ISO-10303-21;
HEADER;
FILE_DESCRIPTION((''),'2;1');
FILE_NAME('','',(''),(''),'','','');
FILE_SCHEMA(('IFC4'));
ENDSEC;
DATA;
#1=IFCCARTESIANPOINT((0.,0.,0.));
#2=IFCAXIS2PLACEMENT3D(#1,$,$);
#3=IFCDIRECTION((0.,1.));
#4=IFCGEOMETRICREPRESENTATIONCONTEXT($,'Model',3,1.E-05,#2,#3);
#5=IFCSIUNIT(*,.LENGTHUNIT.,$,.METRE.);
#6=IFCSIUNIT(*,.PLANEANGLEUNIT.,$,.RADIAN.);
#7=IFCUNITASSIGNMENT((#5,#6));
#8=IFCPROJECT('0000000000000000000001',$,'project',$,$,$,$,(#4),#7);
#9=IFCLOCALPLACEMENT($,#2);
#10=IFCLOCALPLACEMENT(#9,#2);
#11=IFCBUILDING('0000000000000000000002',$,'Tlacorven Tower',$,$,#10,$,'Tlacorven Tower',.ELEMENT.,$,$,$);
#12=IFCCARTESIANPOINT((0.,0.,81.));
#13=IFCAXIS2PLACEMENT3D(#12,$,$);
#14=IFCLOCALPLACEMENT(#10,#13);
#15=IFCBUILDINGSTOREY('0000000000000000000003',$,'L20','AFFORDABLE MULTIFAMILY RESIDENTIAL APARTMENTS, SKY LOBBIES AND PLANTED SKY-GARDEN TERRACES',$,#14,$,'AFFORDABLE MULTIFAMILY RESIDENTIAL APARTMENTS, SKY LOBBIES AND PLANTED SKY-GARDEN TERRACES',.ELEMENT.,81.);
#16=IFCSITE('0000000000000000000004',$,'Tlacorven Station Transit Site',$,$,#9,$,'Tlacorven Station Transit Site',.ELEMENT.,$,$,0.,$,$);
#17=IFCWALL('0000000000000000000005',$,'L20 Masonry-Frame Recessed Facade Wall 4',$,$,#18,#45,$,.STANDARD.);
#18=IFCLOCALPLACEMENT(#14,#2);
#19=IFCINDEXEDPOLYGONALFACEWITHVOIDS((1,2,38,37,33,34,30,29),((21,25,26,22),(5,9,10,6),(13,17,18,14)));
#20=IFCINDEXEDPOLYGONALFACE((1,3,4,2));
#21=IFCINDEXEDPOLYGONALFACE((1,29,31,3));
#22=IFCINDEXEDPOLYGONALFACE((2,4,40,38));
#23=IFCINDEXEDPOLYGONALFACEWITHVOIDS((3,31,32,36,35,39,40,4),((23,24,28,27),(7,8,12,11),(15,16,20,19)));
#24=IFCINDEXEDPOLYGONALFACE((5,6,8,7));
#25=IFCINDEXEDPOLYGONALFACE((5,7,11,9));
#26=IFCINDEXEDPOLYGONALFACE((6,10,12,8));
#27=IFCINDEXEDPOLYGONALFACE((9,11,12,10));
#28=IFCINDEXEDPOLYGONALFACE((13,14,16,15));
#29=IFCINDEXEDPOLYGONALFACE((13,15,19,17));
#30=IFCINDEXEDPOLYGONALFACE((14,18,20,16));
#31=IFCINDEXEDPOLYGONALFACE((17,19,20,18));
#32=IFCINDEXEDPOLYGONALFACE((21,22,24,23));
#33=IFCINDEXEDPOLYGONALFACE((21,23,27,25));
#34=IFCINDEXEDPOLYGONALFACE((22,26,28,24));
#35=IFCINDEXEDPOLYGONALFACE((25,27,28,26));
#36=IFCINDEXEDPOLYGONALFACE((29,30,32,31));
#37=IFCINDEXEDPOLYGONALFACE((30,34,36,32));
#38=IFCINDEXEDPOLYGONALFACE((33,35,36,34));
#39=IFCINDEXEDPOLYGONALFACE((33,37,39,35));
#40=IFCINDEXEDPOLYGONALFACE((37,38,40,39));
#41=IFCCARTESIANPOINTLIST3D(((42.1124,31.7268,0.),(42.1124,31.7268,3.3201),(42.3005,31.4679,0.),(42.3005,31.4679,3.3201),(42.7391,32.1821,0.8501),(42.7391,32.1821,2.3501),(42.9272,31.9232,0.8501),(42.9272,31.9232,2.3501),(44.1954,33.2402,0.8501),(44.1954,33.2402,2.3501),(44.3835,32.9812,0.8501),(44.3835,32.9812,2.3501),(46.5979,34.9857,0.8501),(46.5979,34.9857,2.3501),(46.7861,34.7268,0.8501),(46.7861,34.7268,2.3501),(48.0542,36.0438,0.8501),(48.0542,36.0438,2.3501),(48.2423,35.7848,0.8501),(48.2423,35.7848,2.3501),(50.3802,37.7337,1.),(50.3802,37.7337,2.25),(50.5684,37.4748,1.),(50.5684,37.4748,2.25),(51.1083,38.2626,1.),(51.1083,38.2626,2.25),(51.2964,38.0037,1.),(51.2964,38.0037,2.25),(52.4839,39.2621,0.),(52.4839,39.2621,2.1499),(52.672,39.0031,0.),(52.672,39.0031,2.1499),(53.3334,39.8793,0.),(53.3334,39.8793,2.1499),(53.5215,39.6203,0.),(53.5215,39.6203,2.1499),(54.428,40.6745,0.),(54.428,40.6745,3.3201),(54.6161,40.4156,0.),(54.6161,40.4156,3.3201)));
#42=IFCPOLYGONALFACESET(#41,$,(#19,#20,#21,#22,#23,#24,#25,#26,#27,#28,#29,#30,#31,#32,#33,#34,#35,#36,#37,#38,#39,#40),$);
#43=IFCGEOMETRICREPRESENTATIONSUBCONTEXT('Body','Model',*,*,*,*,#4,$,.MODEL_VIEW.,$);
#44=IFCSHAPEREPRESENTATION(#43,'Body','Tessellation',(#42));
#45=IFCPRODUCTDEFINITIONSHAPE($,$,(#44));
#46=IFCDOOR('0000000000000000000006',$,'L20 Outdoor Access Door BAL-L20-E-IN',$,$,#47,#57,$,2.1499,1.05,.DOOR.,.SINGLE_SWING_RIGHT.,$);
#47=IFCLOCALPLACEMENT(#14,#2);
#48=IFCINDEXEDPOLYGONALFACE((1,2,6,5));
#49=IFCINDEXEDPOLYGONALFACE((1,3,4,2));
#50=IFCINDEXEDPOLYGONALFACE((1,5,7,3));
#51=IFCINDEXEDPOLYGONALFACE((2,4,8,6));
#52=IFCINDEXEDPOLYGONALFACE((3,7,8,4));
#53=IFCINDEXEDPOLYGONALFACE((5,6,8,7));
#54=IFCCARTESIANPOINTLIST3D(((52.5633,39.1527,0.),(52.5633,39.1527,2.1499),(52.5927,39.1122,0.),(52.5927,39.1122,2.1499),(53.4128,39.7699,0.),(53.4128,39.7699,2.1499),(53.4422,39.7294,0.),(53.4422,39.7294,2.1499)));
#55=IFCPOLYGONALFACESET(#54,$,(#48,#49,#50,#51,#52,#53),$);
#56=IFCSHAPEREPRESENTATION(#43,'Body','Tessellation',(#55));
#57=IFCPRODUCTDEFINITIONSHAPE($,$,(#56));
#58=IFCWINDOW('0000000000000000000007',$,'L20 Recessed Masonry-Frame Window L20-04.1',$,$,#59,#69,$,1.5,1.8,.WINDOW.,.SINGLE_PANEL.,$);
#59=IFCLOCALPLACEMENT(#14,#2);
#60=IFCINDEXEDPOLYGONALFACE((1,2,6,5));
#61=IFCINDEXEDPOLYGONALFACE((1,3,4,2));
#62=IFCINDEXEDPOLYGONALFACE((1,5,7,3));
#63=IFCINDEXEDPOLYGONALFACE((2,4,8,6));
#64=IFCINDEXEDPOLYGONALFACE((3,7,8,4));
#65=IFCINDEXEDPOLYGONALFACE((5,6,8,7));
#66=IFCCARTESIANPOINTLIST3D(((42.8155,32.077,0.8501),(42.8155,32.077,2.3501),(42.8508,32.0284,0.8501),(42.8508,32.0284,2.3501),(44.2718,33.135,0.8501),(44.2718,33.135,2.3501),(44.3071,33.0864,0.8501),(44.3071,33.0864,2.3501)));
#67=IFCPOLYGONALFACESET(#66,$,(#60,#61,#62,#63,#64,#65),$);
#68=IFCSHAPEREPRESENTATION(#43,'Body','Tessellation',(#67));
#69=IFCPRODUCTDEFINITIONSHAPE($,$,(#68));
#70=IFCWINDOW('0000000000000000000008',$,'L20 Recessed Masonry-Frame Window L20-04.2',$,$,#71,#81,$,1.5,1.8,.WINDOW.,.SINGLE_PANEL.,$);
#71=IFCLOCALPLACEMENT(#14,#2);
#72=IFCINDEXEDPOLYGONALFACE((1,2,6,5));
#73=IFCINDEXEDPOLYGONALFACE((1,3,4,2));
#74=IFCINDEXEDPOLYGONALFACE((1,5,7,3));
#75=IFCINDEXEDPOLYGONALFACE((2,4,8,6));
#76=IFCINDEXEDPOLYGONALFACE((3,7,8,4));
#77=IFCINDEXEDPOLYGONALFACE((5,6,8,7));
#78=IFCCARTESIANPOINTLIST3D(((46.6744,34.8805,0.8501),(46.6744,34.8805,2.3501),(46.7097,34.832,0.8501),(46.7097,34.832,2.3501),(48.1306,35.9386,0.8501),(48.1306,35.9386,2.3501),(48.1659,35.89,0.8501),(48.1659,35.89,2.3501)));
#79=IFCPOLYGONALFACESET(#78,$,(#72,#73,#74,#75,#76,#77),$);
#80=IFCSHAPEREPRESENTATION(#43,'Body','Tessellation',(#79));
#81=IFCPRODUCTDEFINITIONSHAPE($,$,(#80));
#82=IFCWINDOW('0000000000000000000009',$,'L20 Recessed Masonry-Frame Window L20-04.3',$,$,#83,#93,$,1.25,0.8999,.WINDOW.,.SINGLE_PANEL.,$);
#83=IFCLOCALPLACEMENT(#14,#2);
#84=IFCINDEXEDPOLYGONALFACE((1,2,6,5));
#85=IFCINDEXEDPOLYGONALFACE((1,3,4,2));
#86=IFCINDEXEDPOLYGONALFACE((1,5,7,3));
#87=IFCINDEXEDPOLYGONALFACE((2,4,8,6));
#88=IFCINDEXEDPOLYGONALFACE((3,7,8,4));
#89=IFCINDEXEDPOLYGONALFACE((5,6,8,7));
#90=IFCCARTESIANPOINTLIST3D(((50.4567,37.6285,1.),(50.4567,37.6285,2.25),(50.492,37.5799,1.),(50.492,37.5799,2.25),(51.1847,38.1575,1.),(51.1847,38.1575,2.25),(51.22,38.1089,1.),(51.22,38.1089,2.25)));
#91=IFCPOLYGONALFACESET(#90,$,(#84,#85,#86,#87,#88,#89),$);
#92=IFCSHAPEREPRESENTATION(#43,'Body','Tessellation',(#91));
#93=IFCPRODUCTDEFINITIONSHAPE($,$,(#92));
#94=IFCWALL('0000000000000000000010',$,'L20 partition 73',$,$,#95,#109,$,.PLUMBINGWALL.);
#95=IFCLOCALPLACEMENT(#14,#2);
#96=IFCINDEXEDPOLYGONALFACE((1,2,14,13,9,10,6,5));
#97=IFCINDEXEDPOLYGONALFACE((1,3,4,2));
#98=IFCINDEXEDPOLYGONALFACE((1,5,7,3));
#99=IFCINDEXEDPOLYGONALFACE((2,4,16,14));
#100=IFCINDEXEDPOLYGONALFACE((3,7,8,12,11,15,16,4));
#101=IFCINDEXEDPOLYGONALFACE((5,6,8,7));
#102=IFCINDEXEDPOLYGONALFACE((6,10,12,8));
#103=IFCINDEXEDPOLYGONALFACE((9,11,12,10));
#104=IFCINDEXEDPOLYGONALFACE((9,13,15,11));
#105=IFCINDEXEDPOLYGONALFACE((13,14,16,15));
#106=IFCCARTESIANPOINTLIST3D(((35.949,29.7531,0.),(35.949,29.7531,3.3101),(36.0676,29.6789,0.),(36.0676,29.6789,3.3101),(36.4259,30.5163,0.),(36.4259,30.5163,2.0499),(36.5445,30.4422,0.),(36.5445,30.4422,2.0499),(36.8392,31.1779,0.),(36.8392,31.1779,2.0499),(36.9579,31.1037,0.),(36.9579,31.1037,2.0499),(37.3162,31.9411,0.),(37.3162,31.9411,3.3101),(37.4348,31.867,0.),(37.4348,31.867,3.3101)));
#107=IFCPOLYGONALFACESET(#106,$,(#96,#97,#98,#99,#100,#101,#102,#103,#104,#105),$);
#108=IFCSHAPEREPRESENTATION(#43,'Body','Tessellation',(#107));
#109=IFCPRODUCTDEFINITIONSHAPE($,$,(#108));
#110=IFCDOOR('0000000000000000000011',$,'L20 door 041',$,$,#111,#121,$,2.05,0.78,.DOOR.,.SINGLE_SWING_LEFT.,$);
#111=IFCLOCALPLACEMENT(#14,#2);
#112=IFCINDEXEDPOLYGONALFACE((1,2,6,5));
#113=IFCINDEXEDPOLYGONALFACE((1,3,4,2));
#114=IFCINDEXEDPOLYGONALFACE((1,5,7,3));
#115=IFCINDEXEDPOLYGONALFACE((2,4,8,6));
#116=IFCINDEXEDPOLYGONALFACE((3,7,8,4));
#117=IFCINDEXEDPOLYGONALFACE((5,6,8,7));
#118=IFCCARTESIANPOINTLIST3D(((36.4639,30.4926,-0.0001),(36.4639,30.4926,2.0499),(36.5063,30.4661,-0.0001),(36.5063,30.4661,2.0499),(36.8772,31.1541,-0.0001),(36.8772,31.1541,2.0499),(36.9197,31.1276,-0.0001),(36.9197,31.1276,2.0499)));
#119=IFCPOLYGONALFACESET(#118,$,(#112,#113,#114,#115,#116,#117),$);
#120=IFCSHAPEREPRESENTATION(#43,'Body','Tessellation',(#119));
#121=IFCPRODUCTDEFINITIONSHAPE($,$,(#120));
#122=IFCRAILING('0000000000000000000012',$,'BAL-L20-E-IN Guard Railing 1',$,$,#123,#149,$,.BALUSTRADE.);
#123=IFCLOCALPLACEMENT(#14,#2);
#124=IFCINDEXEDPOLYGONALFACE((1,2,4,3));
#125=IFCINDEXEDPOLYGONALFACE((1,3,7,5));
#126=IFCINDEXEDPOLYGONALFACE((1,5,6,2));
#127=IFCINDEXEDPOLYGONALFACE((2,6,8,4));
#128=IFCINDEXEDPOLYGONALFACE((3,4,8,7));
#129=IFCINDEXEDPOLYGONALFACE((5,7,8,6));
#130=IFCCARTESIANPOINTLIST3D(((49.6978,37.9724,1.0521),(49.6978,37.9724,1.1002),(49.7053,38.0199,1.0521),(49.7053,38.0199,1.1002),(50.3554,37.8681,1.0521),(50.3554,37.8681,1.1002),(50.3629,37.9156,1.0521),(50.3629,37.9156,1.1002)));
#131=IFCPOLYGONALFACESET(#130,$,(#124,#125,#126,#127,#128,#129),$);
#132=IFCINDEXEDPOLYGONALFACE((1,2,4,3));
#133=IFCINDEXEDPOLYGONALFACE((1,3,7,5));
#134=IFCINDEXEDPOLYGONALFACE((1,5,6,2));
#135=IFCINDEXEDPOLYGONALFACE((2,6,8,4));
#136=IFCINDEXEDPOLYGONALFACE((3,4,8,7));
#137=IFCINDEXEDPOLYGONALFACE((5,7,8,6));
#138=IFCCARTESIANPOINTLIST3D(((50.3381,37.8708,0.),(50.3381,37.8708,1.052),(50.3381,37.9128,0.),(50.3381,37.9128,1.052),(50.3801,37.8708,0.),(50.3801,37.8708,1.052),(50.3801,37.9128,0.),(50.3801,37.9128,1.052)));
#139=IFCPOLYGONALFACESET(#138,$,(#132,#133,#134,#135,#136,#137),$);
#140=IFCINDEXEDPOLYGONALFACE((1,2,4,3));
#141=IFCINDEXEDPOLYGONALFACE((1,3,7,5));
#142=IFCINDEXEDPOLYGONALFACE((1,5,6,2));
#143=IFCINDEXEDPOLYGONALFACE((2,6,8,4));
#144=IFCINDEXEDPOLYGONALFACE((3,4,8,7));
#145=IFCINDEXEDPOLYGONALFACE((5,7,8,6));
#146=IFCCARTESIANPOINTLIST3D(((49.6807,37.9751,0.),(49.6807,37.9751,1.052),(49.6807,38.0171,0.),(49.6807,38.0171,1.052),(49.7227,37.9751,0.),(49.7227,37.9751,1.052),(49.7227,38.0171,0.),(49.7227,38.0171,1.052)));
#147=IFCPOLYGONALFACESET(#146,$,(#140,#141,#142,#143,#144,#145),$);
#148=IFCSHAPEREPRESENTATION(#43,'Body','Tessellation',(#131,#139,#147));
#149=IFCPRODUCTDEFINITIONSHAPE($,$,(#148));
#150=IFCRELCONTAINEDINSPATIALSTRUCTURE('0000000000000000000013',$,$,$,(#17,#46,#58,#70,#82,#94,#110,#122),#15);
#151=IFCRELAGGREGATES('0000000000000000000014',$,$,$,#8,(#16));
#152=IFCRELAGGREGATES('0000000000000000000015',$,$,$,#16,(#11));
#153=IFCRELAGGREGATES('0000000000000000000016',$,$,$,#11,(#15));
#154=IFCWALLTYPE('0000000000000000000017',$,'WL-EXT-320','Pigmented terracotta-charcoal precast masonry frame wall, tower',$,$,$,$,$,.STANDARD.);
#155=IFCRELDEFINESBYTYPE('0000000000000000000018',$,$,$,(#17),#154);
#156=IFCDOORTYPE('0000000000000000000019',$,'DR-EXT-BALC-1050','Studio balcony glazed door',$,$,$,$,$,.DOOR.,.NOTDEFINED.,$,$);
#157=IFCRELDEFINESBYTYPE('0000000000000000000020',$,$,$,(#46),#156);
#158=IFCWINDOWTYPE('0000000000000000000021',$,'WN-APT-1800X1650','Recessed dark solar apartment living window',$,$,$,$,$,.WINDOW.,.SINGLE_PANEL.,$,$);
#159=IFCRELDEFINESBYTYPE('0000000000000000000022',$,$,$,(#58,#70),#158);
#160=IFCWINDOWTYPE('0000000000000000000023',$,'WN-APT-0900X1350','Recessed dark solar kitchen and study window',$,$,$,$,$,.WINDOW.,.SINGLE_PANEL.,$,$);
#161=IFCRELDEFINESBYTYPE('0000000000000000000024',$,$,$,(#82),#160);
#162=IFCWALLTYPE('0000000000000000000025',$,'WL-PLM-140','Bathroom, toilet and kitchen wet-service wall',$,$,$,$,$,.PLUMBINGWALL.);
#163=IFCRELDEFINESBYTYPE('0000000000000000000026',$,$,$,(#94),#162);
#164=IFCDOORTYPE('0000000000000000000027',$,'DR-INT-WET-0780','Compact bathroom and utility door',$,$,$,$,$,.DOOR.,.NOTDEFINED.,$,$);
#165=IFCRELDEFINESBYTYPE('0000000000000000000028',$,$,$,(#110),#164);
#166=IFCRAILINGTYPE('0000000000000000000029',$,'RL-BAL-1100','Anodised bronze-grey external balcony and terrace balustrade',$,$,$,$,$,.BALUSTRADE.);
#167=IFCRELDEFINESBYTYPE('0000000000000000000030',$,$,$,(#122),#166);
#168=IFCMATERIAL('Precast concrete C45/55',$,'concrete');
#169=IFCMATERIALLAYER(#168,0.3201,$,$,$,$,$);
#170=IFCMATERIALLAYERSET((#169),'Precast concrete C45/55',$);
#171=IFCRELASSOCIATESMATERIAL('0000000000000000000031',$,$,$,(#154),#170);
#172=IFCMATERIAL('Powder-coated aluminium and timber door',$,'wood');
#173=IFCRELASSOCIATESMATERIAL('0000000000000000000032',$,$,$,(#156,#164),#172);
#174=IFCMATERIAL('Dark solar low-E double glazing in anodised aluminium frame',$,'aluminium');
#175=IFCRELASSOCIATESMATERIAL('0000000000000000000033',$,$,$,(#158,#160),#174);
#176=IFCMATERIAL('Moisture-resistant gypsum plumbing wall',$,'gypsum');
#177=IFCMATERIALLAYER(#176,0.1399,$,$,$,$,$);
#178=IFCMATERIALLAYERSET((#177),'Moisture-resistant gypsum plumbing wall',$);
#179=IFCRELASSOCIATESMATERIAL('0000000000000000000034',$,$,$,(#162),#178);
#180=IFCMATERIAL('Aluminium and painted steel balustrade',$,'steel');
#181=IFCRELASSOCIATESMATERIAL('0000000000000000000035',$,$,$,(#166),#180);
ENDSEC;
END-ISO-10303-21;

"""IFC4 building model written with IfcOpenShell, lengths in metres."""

from ifc_helpers import new_model, si_unit, direction, frame, frame_2d, origin, origin_2d, place, context, subcontext, project, spatial, rectangle, extrude, source, transform, mapped, material, layer, layer_set, type_object, element, fill, save


model = new_model("IFC4")

# Units and contexts
model_context = context("Model", 3, precision=1e-05, world=origin(), true_north=direction((0.0, 1.0)))
body_context = subcontext(model_context, "Body", "Model", "MODEL_VIEW")
ifc_project = project(units=[si_unit("LENGTHUNIT", "METRE"), si_unit("PLANEANGLEUNIT", "RADIAN")], contexts=[model_context])

# Site, building, storey
site_placement = place(None, origin())
site = spatial("IfcSite", under=ifc_project, at=site_placement, Name="Tlacorven Station Transit Site", LongName="Tlacorven Station Transit Site", CompositionType="ELEMENT", RefElevation=0.0)
building_placement = place(site_placement, origin())
building = spatial("IfcBuilding", under=site, at=building_placement, Name="Tlacorven Tower", LongName="Tlacorven Tower", CompositionType="ELEMENT")
storey_placement = place(building_placement, frame((0.0, 0.0, 81.0)))
storey = spatial("IfcBuildingStorey", under=building, at=storey_placement, Name="L20", Description="AFFORDABLE MULTIFAMILY RESIDENTIAL APARTMENTS, SKY LOBBIES AND PLANTED SKY-GARDEN TERRACES", LongName="AFFORDABLE MULTIFAMILY RESIDENTIAL APARTMENTS, SKY LOBBIES AND PLANTED SKY-GARDEN TERRACES", CompositionType="ELEMENT", Elevation=81.0)

# Wall, openings, door, windows
ifc_material_1 = material(Name="Precast concrete C45/55", Category="concrete")
ifc_layer_1 = layer(ifc_material_1, 0.3201)
ifc_layer_set_1 = layer_set([ifc_layer_1], Name="Precast concrete C45/55")
wall_type_1 = type_object("IfcWallType", Name="WL-EXT-320", Description="Pigmented terracotta-charcoal precast masonry frame wall, tower", PredefinedType="STANDARD", material=ifc_layer_set_1)
wall_1_placement = place(storey_placement, frame((42.2065, 31.5974, 0.0), z_axis=(0.0, 0.0, 1.0), x_axis=(0.80902, 0.587781, 0.0)))
wall_1 = element("IfcWall", 1, at=wall_1_placement, inside=storey, type_object=wall_type_1, Name="L20 Masonry-Frame Recessed Facade Wall 4", PredefinedType="STANDARD", context=body_context, shape_type="SweptSolid", body=[
    extrude(rectangle(XDim=15.2229, YDim=0.3201, at=frame_2d((7.6113, 0.0))), origin(), (0.0, 0.0, 1.0), 3.3201),
])
opening_1_placement = place(wall_1_placement, frame((12.8198, 0.0, 0.0)))
opening_1 = element("IfcOpeningElement", 2, at=opening_1_placement, cuts=wall_1, PredefinedType="OPENING", context=body_context, shape_type="SweptSolid", body=[
    extrude(rectangle(XDim=1.05, YDim=2.1499, at=frame_2d((0.5249, 1.075))), frame((0.0, 0.1699, 0.0), z_axis=(0.0, -1.0, 0.0), x_axis=(1.0, 0.0, 0.0)), (0.0, 0.0, 1.0), 0.3401),
])
opening_2_placement = place(wall_1_placement, frame((0.7747, 0.0, 0.8501)))
opening_2 = element("IfcOpeningElement", 3, at=opening_2_placement, cuts=wall_1, PredefinedType="OPENING", context=body_context, shape_type="SweptSolid", body=[
    extrude(rectangle(XDim=1.8, YDim=1.5, at=frame_2d((0.8999, 0.75))), frame((0.0, 0.1699, 0.0), z_axis=(0.0, -1.0, 0.0), x_axis=(1.0, 0.0, 0.0)), (0.0, 0.0, 1.0), 0.3401),
])
opening_3_placement = place(wall_1_placement, frame((5.5444, 0.0, 0.8501)))
opening_3 = element("IfcOpeningElement", 4, at=opening_3_placement, cuts=wall_1, PredefinedType="OPENING", context=body_context, shape_type="SweptSolid", body=[
    extrude(rectangle(XDim=1.8, YDim=1.5, at=frame_2d((0.8999, 0.75))), frame((0.0, 0.1699, 0.0), z_axis=(0.0, -1.0, 0.0), x_axis=(1.0, 0.0, 0.0)), (0.0, 0.0, 1.0), 0.3401),
])
opening_4_placement = place(wall_1_placement, frame((10.2195, 0.0, 1.0)))
opening_4 = element("IfcOpeningElement", 5, at=opening_4_placement, cuts=wall_1, PredefinedType="OPENING", context=body_context, shape_type="SweptSolid", body=[
    extrude(rectangle(XDim=0.8999, YDim=1.25, at=frame_2d((0.45, 0.625))), frame((0.0, 0.1699, 0.0), z_axis=(0.0, -1.0, 0.0), x_axis=(1.0, 0.0, 0.0)), (0.0, 0.0, 1.0), 0.3401),
])
ifc_material_2 = material(Name="Powder-coated aluminium and timber door", Category="wood")
door_type_1 = type_object("IfcDoorType", Name="DR-EXT-BALC-1050", Description="Studio balcony glazed door", OperationType="NOTDEFINED", PredefinedType="DOOR", material=ifc_material_2)
shared_shape_1 = source(origin(), body_context, "Body", "SweptSolid", [
    extrude(rectangle(XDim=1.05, YDim=2.1499, at=frame_2d((0.5249, 1.075))), frame((0.0, 0.0249, 0.0), z_axis=(0.0, -1.0, 0.0), x_axis=(1.0, 0.0, 0.0)), (0.0, 0.0, 1.0), 0.05),
])
door_1_placement = place(opening_1_placement, origin())
door_1 = element("IfcDoor", 6, at=door_1_placement, inside=storey, type_object=door_type_1, Name="L20 Outdoor Access Door BAL-L20-E-IN", OperationType="SINGLE_SWING_RIGHT", OverallHeight=2.1499, OverallWidth=1.05, PredefinedType="DOOR", context=body_context, shape_type="MappedRepresentation", body=[
    mapped(shared_shape_1, transform((0.0, 0.0, 0.0), scale=1.0)),
])
fill(opening_1, door_1)
ifc_material_3 = material(Name="Dark solar low-E double glazing in anodised aluminium frame", Category="aluminium")
window_type_1 = type_object("IfcWindowType", Name="WN-APT-1800X1650", Description="Recessed dark solar apartment living window", PartitioningType="SINGLE_PANEL", PredefinedType="WINDOW", material=ifc_material_3)
shared_shape_2 = source(origin(), body_context, "Body", "SweptSolid", [
    extrude(rectangle(XDim=1.8, YDim=1.5, at=frame_2d((0.8999, 0.75))), frame((0.0, 0.03, 0.0), z_axis=(0.0, -1.0, 0.0), x_axis=(1.0, 0.0, 0.0)), (0.0, 0.0, 1.0), 0.0601),
])
window_1_placement = place(opening_2_placement, origin())
window_1 = element("IfcWindow", 7, at=window_1_placement, inside=storey, type_object=window_type_1, Name="L20 Recessed Masonry-Frame Window L20-04.1", OverallHeight=1.5, OverallWidth=1.8, PartitioningType="SINGLE_PANEL", PredefinedType="WINDOW", context=body_context, shape_type="MappedRepresentation", body=[
    mapped(shared_shape_2, transform((0.0, 0.0, 0.0), scale=1.0)),
])
fill(opening_2, window_1)
window_2_placement = place(opening_3_placement, origin())
window_2 = element("IfcWindow", 8, at=window_2_placement, inside=storey, type_object=window_type_1, Name="L20 Recessed Masonry-Frame Window L20-04.2", OverallHeight=1.5, OverallWidth=1.8, PartitioningType="SINGLE_PANEL", PredefinedType="WINDOW", context=body_context, shape_type="MappedRepresentation", body=[
    mapped(shared_shape_2, transform((0.0, 0.0, 0.0), scale=1.0)),
])
fill(opening_3, window_2)
window_type_2 = type_object("IfcWindowType", Name="WN-APT-0900X1350", Description="Recessed dark solar kitchen and study window", PartitioningType="SINGLE_PANEL", PredefinedType="WINDOW", material=ifc_material_3)
shared_shape_3 = source(origin(), body_context, "Body", "SweptSolid", [
    extrude(rectangle(XDim=0.8999, YDim=1.25, at=frame_2d((0.45, 0.625))), frame((0.0, 0.03, 0.0), z_axis=(0.0, -1.0, 0.0), x_axis=(1.0, 0.0, 0.0)), (0.0, 0.0, 1.0), 0.0601),
])
window_3_placement = place(opening_4_placement, origin())
window_3 = element("IfcWindow", 9, at=window_3_placement, inside=storey, type_object=window_type_2, Name="L20 Recessed Masonry-Frame Window L20-04.3", OverallHeight=1.25, OverallWidth=0.8999, PartitioningType="SINGLE_PANEL", PredefinedType="WINDOW", context=body_context, shape_type="MappedRepresentation", body=[
    mapped(shared_shape_3, transform((0.0, 0.0, 0.0), scale=1.0)),
])
fill(opening_4, window_3)

# Wall, opening, door
ifc_material_4 = material(Name="Moisture-resistant gypsum plumbing wall", Category="gypsum")
ifc_layer_2 = layer(ifc_material_4, 0.1399)
ifc_layer_set_2 = layer_set([ifc_layer_2], Name="Moisture-resistant gypsum plumbing wall")
wall_type_2 = type_object("IfcWallType", Name="WL-PLM-140", Description="Bathroom, toilet and kitchen wet-service wall", PredefinedType="PLUMBINGWALL", material=ifc_layer_set_2)
wall_2_placement = place(storey_placement, frame((37.3755, 31.9041, 0.0), z_axis=(0.0, 0.0, 1.0), x_axis=(-0.529914, -0.848051, 0.0)))
wall_2 = element("IfcWall", 10, at=wall_2_placement, inside=storey, type_object=wall_type_2, Name="L20 partition 73", PredefinedType="PLUMBINGWALL", context=body_context, shape_type="SweptSolid", body=[
    extrude(rectangle(XDim=2.5801, YDim=0.1399, at=frame_2d((1.29, 0.0))), origin(), (0.0, 0.0, 1.0), 3.3101),
])
opening_5_placement = place(wall_2_placement, frame((0.8999, 0.0, 0.0)))
opening_5 = element("IfcOpeningElement", 11, at=opening_5_placement, cuts=wall_2, PredefinedType="OPENING", context=body_context, shape_type="SweptSolid", body=[
    extrude(rectangle(XDim=0.78, YDim=2.05, at=frame_2d((0.3901, 1.0249))), frame((0.0, 0.0801, 0.0), z_axis=(0.0, -1.0, 0.0), x_axis=(1.0, 0.0, 0.0)), (0.0, 0.0, 1.0), 0.1599),
])
door_type_2 = type_object("IfcDoorType", Name="DR-INT-WET-0780", Description="Compact bathroom and utility door", OperationType="NOTDEFINED", PredefinedType="DOOR", material=ifc_material_2)
shared_shape_4 = source(origin(), body_context, "Body", "SweptSolid", [
    extrude(rectangle(XDim=0.78, YDim=2.05, at=frame_2d((0.3901, 1.0249))), frame((0.0, 0.0249, 0.0), z_axis=(0.0, -1.0, 0.0), x_axis=(1.0, 0.0, 0.0)), (0.0, 0.0, 1.0), 0.05),
])
door_2_placement = place(opening_5_placement, origin())
door_2 = element("IfcDoor", 12, at=door_2_placement, inside=storey, type_object=door_type_2, Name="L20 door 041", OperationType="SINGLE_SWING_LEFT", OverallHeight=2.05, OverallWidth=0.78, PredefinedType="DOOR", context=body_context, shape_type="MappedRepresentation", body=[
    mapped(shared_shape_4, transform((0.0, 0.0, 0.0), scale=1.0)),
])
fill(opening_5, door_2)

# Railing
ifc_material_5 = material(Name="Aluminium and painted steel balustrade", Category="steel")
railing_type = type_object("IfcRailingType", Name="RL-BAL-1100", Description="Anodised bronze-grey external balcony and terrace balustrade", PredefinedType="BALUSTRADE", material=ifc_material_5)
shared_shape_5 = source(origin(), body_context, "Body", "SweptSolid", [
    extrude(rectangle(XDim=0.0481, YDim=0.0481, at=origin_2d()), frame((0.0, 0.0, 1.0762), z_axis=(-0.987662, 0.156603, 0.0), x_axis=(-0.156603, -0.987662, 0.0)), (0.0, 0.0, 1.0), 0.6658),
    extrude(rectangle(XDim=0.042, YDim=0.042, at=origin_2d()), origin(), (0.0, 0.0, 1.0), 1.052),
    extrude(rectangle(XDim=0.042, YDim=0.042, at=origin_2d()), frame((-0.6575, 0.1042, 0.0)), (0.0, 0.0, 1.0), 1.052),
])
railing_1_placement = place(storey_placement, frame((50.3591, 37.8918, 0.0)))
element("IfcRailing", 13, at=railing_1_placement, inside=storey, type_object=railing_type, Name="BAL-L20-E-IN Guard Railing 1", PredefinedType="BALUSTRADE", context=body_context, shape_type="MappedRepresentation", body=[
    mapped(shared_shape_5, transform((0.0, 0.0, 0.0), scale=1.0)),
])

save(model, "model.ifc")
